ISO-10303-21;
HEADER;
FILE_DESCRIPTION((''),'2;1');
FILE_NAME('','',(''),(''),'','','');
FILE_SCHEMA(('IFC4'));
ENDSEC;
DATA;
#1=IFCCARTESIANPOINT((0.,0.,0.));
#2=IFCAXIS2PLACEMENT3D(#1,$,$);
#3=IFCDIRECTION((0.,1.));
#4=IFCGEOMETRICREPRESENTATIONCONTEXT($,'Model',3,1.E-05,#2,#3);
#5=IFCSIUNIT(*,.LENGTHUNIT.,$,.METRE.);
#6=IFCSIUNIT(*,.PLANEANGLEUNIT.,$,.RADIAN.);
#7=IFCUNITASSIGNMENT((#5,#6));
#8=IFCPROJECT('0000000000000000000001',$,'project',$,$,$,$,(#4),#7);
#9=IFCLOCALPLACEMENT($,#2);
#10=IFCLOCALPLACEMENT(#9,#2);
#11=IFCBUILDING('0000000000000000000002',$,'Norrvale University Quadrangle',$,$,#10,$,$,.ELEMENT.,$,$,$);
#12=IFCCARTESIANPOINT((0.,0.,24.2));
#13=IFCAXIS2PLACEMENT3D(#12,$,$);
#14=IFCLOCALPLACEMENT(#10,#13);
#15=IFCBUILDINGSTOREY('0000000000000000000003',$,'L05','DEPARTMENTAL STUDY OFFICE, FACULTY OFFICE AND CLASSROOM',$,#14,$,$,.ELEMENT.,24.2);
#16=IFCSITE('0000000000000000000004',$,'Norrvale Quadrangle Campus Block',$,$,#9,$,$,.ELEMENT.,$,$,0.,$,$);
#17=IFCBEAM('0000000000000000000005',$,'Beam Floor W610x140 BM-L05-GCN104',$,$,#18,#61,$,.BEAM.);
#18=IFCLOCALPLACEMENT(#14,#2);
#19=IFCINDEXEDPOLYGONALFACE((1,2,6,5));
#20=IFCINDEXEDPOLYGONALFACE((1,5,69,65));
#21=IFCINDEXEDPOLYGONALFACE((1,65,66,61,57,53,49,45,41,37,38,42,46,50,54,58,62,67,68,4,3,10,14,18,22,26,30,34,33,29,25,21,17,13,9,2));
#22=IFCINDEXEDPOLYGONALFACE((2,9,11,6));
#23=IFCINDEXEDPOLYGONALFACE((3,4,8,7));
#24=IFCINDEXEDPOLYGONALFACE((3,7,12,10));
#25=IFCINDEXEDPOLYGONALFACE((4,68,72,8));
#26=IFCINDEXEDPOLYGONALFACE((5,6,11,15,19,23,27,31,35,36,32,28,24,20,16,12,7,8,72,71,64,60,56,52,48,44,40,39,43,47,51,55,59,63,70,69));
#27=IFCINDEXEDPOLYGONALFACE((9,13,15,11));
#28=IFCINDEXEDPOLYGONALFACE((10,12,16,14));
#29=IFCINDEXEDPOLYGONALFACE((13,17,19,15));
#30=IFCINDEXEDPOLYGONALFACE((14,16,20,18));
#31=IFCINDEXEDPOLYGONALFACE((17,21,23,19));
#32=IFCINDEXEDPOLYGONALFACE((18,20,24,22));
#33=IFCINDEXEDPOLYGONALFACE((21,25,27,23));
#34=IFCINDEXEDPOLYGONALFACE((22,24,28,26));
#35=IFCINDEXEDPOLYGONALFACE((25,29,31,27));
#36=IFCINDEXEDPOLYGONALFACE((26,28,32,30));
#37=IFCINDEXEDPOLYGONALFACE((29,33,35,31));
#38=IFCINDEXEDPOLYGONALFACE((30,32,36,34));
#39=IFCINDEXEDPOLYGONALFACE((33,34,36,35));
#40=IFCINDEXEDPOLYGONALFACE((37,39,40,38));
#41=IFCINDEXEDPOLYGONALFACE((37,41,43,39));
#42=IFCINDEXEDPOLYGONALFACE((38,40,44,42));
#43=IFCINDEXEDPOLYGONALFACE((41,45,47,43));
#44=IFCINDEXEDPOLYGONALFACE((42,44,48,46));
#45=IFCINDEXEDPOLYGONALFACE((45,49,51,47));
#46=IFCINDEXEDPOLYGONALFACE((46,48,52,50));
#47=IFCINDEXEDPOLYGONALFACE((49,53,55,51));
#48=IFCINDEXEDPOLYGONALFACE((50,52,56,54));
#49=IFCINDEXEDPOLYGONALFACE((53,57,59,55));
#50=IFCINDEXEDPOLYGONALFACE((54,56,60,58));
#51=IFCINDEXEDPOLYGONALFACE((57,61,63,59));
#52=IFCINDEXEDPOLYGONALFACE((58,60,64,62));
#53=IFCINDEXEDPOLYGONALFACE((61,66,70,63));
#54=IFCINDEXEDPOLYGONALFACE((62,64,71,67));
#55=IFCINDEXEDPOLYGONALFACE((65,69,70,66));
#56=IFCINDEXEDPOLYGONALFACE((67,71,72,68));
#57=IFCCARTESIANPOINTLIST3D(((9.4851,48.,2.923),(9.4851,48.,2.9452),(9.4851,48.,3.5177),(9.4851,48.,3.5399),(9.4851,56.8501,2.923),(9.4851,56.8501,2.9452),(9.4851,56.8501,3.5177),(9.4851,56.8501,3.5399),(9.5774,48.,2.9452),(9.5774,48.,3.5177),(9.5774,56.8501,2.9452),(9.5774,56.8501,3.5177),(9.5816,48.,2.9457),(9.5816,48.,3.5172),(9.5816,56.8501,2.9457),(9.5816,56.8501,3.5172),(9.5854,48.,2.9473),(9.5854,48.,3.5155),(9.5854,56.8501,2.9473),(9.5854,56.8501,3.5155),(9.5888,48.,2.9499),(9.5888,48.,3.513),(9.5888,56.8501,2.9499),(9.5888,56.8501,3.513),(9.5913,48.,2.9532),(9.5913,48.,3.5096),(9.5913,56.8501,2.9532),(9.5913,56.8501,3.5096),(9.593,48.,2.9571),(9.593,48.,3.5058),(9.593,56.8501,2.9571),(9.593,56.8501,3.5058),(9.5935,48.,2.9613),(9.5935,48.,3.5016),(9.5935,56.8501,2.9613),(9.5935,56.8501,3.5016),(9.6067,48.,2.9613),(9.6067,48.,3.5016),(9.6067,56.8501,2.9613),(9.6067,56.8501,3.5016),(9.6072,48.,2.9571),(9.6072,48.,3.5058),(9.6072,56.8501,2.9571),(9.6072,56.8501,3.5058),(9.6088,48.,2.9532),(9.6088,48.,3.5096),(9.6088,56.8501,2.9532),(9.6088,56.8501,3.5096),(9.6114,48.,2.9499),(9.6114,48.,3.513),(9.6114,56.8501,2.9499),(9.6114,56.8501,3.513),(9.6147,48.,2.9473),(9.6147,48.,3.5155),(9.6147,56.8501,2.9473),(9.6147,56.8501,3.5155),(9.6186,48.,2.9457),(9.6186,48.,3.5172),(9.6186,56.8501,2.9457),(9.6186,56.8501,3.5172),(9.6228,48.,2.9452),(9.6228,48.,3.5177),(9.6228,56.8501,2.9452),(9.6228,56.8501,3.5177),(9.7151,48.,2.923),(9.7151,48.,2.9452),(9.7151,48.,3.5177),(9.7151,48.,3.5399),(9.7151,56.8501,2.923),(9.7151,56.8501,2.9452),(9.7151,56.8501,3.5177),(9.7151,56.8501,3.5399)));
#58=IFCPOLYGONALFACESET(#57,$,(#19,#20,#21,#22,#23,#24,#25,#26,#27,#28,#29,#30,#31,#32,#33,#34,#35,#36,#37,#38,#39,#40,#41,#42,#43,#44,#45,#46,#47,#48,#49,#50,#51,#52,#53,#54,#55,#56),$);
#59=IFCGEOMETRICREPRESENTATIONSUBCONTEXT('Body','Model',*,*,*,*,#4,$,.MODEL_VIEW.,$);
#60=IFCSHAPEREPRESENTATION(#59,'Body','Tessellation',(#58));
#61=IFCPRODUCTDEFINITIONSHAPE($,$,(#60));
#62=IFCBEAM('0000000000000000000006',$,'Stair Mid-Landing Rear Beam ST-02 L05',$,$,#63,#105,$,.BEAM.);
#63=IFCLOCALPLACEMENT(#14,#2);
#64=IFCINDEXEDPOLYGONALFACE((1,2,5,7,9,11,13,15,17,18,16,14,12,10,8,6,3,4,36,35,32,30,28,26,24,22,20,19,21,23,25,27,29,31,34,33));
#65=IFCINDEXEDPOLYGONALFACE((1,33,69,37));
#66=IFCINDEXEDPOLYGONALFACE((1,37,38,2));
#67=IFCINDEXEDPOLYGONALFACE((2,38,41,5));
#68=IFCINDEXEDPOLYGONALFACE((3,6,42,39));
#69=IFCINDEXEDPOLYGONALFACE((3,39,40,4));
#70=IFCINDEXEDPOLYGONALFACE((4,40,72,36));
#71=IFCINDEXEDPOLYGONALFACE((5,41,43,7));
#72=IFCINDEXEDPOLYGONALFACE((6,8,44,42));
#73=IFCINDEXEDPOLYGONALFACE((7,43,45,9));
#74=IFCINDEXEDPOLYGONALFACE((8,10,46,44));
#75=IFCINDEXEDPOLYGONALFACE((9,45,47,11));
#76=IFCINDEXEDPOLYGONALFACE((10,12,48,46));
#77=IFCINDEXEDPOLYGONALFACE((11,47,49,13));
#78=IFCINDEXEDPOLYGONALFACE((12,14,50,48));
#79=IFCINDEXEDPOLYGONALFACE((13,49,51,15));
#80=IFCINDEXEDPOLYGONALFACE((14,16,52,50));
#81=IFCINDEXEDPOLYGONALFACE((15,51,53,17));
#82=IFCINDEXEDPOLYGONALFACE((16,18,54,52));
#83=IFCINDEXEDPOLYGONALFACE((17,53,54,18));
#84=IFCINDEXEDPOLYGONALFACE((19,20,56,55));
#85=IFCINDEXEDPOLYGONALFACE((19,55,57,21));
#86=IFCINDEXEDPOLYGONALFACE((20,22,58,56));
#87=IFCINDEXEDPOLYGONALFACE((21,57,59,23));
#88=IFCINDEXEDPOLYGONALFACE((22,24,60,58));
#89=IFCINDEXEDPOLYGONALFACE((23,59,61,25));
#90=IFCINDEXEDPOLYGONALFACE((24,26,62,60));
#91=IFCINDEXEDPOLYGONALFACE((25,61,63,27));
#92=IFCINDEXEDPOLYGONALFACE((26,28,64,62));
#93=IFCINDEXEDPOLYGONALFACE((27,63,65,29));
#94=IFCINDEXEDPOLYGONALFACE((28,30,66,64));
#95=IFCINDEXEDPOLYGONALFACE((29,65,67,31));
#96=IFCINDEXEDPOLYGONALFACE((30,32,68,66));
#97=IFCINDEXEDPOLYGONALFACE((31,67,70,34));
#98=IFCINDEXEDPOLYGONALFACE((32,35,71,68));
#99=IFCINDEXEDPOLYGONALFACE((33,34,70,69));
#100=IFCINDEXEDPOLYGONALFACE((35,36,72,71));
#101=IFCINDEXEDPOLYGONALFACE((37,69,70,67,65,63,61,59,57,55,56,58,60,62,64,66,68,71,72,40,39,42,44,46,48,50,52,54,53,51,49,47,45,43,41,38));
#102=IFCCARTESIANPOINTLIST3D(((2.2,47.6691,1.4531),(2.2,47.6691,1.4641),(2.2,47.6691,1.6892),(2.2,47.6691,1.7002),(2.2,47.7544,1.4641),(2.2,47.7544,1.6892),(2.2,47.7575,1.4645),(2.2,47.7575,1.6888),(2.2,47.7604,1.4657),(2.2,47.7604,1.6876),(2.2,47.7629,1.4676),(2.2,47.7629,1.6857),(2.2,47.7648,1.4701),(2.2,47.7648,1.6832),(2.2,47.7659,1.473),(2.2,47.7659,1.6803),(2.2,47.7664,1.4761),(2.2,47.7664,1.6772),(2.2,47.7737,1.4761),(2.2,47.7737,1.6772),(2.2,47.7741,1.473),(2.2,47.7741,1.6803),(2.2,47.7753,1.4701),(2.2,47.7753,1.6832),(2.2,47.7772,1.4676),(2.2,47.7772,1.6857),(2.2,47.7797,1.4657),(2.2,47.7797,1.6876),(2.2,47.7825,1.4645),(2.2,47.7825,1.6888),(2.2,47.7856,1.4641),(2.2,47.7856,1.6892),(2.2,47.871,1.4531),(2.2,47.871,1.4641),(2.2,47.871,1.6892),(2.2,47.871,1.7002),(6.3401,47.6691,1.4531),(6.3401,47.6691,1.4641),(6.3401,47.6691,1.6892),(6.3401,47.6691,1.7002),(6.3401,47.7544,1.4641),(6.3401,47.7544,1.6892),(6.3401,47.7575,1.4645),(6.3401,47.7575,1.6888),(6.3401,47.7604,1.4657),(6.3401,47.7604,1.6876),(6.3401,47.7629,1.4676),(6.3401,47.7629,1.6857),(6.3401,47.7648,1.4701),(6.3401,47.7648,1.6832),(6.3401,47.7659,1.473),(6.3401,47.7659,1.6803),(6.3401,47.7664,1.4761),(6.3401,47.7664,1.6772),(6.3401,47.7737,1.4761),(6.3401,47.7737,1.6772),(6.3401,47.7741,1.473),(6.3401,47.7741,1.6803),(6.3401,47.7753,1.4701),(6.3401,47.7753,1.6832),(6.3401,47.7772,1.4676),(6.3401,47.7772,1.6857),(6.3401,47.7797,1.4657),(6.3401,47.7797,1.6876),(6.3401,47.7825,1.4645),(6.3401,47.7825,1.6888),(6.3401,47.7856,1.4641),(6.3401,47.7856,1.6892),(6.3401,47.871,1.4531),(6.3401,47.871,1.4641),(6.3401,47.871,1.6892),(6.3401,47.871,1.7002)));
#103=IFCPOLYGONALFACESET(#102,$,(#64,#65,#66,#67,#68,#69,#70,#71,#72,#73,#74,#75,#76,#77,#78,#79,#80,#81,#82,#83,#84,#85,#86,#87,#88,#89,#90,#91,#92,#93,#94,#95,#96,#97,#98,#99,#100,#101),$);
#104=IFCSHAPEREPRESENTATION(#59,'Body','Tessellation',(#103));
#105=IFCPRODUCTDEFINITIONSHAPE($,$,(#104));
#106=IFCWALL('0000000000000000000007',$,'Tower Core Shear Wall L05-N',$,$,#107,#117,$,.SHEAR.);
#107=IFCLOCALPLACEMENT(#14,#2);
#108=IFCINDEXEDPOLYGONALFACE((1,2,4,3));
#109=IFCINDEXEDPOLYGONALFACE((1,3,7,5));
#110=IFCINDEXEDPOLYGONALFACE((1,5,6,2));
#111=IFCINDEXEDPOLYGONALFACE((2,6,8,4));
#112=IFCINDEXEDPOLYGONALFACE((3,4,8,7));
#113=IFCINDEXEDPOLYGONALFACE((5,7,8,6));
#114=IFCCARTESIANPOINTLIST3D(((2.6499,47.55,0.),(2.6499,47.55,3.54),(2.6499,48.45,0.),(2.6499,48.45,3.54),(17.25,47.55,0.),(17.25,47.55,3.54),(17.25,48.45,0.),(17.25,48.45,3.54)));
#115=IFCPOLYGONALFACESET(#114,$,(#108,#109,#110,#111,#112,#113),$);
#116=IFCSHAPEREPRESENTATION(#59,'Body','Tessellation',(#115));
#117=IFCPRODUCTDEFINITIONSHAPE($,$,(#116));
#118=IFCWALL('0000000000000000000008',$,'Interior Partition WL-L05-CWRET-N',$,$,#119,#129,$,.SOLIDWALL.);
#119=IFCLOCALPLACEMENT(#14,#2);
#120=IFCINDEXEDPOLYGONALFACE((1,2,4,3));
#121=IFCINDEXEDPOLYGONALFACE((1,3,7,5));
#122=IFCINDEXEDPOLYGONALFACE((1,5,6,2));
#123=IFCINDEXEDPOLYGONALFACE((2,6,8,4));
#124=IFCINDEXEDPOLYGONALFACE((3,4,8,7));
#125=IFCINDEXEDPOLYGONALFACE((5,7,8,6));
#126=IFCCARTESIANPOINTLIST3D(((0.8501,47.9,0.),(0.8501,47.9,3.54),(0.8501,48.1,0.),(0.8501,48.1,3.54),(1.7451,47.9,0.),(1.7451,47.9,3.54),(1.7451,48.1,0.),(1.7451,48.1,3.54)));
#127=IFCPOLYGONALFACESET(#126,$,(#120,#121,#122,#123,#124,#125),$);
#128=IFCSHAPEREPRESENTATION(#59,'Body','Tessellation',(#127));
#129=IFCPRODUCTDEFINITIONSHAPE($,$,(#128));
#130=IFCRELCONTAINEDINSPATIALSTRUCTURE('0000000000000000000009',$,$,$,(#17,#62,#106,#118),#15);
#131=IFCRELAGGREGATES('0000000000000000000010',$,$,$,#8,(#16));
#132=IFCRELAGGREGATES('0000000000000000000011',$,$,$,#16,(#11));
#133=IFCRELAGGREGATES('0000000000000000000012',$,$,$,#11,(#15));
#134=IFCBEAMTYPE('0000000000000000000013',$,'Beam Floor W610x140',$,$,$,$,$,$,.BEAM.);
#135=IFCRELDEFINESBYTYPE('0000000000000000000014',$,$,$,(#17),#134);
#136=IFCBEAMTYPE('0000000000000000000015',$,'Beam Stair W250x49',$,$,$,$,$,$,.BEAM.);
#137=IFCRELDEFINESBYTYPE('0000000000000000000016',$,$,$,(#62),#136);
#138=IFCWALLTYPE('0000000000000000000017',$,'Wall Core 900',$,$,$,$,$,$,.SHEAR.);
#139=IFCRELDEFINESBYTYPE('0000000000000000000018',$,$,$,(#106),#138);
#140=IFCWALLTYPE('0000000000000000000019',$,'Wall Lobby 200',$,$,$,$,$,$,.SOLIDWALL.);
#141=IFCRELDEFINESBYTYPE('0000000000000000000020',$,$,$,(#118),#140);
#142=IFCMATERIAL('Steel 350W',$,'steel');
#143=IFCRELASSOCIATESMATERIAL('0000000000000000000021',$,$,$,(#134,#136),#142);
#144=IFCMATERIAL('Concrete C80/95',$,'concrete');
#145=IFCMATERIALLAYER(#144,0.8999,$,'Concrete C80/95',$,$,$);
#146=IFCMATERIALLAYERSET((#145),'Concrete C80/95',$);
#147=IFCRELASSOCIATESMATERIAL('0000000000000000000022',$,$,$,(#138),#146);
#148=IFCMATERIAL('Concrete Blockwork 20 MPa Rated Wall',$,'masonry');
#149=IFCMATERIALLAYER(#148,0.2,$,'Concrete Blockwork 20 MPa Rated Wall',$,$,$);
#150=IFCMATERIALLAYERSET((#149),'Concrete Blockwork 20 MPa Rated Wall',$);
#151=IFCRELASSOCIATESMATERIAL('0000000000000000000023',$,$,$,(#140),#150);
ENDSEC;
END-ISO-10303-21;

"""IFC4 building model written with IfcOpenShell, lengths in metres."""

from ifc_helpers import new_model, si_unit, direction, frame, frame_2d, origin, origin_2d, place, context, subcontext, project, spatial, rectangle, i_section, extrude, material, layer, layer_set, material_profile, profile_set, type_object, element, save


model = new_model("IFC4")

# Units and contexts
model_context = context("Model", 3, precision=1e-05, world=origin(), true_north=direction((0.0, 1.0)))
body_context = subcontext(model_context, "Body", "Model", "MODEL_VIEW")
ifc_project = project(units=[si_unit("LENGTHUNIT", "METRE"), si_unit("PLANEANGLEUNIT", "RADIAN")], contexts=[model_context])

# Site, building, storey
site_placement = place(None, origin())
site = spatial("IfcSite", under=ifc_project, at=site_placement, Name="Norrvale Quadrangle Campus Block", CompositionType="ELEMENT", RefElevation=0.0)
building_placement = place(site_placement, origin())
building = spatial("IfcBuilding", under=site, at=building_placement, Name="Norrvale University Quadrangle", CompositionType="ELEMENT")
storey_placement = place(building_placement, frame((0.0, 0.0, 24.2)))
storey = spatial("IfcBuildingStorey", under=building, at=storey_placement, Name="L05", Description="DEPARTMENTAL STUDY OFFICE, FACULTY OFFICE AND CLASSROOM", CompositionType="ELEMENT", Elevation=24.2)

# Shared definitions
ifc_material_1 = material(Name="Concrete C80/95", Category="concrete")

# Beams
ifc_material_2 = material(Name="Steel 350W", Category="steel")
ifc_material_profile_1 = material_profile(ifc_material_2, i_section(OverallWidth=0.23, OverallDepth=0.6169, WebThickness=0.0132, FlangeThickness=0.0222, FilletRadius=0.0161, at=origin_2d()), Name="Steel 350W")
ifc_profile_set_1 = profile_set([ifc_material_profile_1], Name="Steel 350W")
beam_type_1 = type_object("IfcBeamType", Name="Beam Floor W610x140", PredefinedType="BEAM", material=ifc_profile_set_1)
beam_1_placement = place(storey_placement, frame((9.6001, 48.0, 3.2314), z_axis=(0.0, 1.0, 0.0), x_axis=(-1.0, 0.0, 0.0)))
element("IfcBeam", 1, at=beam_1_placement, inside=storey, type_object=beam_type_1, Name="Beam Floor W610x140 BM-L05-GCN104", PredefinedType="BEAM", context=body_context, shape_type="SweptSolid", body=[
    extrude(i_section(OverallWidth=0.23, OverallDepth=0.6169, WebThickness=0.0132, FlangeThickness=0.0222, FilletRadius=0.0161, at=origin_2d()), origin(), (0.0, 0.0, 1.0), 8.8501),
])
ifc_material_profile_2 = material_profile(ifc_material_2, i_section(OverallWidth=0.2019, OverallDepth=0.2471, WebThickness=0.0073, FlangeThickness=0.011, FilletRadius=0.012, at=origin_2d()), Name="Steel 350W")
ifc_profile_set_2 = profile_set([ifc_material_profile_2], Name="Steel 350W")
beam_type_2 = type_object("IfcBeamType", Name="Beam Stair W250x49", PredefinedType="BEAM", material=ifc_profile_set_2)
beam_2_placement = place(storey_placement, frame((2.2, 47.77, 1.5767), z_axis=(1.0, 0.0, 0.0), x_axis=(0.0, 1.0, 0.0)))
element("IfcBeam", 2, at=beam_2_placement, inside=storey, type_object=beam_type_2, Name="Stair Mid-Landing Rear Beam ST-02 L05", PredefinedType="BEAM", context=body_context, shape_type="SweptSolid", body=[
    extrude(i_section(OverallWidth=0.2019, OverallDepth=0.2471, WebThickness=0.0073, FlangeThickness=0.011, FilletRadius=0.012, at=origin_2d()), origin(), (0.0, 0.0, 1.0), 4.1401),
])

# Wall
ifc_layer_1 = layer(ifc_material_1, 0.8999, Name="Concrete C80/95")
ifc_layer_set_1 = layer_set([ifc_layer_1], Name="Concrete C80/95")
wall_type_1 = type_object("IfcWallType", Name="Wall Core 900", PredefinedType="SHEAR", material=ifc_layer_set_1)
wall_1_placement = place(storey_placement, frame((2.6499, 48.0, 0.0), z_axis=(0.0, 0.0, 1.0), x_axis=(1.0, 0.0, 0.0)))
element("IfcWall", 3, at=wall_1_placement, inside=storey, type_object=wall_type_1, Name="Tower Core Shear Wall L05-N", PredefinedType="SHEAR", context=body_context, shape_type="SweptSolid", body=[
    extrude(rectangle(XDim=14.6001, YDim=0.8999, at=frame_2d((7.3, 0.0))), origin(), (0.0, 0.0, 1.0), 3.54),
])

# Wall
ifc_material_3 = material(Name="Concrete Blockwork 20 MPa Rated Wall", Category="masonry")
ifc_layer_2 = layer(ifc_material_3, 0.2, Name="Concrete Blockwork 20 MPa Rated Wall")
ifc_layer_set_2 = layer_set([ifc_layer_2], Name="Concrete Blockwork 20 MPa Rated Wall")
wall_type_2 = type_object("IfcWallType", Name="Wall Lobby 200", PredefinedType="SOLIDWALL", material=ifc_layer_set_2)
wall_2_placement = place(storey_placement, frame((0.8501, 48.0, 0.0), z_axis=(0.0, 0.0, 1.0), x_axis=(1.0, 0.0, 0.0)))
element("IfcWall", 4, at=wall_2_placement, inside=storey, type_object=wall_type_2, Name="Interior Partition WL-L05-CWRET-N", PredefinedType="SOLIDWALL", context=body_context, shape_type="SweptSolid", body=[
    extrude(rectangle(XDim=0.895, YDim=0.2, at=frame_2d((0.4475, 0.0))), origin(), (0.0, 0.0, 1.0), 3.54),
])

save(model, "model.ifc")
